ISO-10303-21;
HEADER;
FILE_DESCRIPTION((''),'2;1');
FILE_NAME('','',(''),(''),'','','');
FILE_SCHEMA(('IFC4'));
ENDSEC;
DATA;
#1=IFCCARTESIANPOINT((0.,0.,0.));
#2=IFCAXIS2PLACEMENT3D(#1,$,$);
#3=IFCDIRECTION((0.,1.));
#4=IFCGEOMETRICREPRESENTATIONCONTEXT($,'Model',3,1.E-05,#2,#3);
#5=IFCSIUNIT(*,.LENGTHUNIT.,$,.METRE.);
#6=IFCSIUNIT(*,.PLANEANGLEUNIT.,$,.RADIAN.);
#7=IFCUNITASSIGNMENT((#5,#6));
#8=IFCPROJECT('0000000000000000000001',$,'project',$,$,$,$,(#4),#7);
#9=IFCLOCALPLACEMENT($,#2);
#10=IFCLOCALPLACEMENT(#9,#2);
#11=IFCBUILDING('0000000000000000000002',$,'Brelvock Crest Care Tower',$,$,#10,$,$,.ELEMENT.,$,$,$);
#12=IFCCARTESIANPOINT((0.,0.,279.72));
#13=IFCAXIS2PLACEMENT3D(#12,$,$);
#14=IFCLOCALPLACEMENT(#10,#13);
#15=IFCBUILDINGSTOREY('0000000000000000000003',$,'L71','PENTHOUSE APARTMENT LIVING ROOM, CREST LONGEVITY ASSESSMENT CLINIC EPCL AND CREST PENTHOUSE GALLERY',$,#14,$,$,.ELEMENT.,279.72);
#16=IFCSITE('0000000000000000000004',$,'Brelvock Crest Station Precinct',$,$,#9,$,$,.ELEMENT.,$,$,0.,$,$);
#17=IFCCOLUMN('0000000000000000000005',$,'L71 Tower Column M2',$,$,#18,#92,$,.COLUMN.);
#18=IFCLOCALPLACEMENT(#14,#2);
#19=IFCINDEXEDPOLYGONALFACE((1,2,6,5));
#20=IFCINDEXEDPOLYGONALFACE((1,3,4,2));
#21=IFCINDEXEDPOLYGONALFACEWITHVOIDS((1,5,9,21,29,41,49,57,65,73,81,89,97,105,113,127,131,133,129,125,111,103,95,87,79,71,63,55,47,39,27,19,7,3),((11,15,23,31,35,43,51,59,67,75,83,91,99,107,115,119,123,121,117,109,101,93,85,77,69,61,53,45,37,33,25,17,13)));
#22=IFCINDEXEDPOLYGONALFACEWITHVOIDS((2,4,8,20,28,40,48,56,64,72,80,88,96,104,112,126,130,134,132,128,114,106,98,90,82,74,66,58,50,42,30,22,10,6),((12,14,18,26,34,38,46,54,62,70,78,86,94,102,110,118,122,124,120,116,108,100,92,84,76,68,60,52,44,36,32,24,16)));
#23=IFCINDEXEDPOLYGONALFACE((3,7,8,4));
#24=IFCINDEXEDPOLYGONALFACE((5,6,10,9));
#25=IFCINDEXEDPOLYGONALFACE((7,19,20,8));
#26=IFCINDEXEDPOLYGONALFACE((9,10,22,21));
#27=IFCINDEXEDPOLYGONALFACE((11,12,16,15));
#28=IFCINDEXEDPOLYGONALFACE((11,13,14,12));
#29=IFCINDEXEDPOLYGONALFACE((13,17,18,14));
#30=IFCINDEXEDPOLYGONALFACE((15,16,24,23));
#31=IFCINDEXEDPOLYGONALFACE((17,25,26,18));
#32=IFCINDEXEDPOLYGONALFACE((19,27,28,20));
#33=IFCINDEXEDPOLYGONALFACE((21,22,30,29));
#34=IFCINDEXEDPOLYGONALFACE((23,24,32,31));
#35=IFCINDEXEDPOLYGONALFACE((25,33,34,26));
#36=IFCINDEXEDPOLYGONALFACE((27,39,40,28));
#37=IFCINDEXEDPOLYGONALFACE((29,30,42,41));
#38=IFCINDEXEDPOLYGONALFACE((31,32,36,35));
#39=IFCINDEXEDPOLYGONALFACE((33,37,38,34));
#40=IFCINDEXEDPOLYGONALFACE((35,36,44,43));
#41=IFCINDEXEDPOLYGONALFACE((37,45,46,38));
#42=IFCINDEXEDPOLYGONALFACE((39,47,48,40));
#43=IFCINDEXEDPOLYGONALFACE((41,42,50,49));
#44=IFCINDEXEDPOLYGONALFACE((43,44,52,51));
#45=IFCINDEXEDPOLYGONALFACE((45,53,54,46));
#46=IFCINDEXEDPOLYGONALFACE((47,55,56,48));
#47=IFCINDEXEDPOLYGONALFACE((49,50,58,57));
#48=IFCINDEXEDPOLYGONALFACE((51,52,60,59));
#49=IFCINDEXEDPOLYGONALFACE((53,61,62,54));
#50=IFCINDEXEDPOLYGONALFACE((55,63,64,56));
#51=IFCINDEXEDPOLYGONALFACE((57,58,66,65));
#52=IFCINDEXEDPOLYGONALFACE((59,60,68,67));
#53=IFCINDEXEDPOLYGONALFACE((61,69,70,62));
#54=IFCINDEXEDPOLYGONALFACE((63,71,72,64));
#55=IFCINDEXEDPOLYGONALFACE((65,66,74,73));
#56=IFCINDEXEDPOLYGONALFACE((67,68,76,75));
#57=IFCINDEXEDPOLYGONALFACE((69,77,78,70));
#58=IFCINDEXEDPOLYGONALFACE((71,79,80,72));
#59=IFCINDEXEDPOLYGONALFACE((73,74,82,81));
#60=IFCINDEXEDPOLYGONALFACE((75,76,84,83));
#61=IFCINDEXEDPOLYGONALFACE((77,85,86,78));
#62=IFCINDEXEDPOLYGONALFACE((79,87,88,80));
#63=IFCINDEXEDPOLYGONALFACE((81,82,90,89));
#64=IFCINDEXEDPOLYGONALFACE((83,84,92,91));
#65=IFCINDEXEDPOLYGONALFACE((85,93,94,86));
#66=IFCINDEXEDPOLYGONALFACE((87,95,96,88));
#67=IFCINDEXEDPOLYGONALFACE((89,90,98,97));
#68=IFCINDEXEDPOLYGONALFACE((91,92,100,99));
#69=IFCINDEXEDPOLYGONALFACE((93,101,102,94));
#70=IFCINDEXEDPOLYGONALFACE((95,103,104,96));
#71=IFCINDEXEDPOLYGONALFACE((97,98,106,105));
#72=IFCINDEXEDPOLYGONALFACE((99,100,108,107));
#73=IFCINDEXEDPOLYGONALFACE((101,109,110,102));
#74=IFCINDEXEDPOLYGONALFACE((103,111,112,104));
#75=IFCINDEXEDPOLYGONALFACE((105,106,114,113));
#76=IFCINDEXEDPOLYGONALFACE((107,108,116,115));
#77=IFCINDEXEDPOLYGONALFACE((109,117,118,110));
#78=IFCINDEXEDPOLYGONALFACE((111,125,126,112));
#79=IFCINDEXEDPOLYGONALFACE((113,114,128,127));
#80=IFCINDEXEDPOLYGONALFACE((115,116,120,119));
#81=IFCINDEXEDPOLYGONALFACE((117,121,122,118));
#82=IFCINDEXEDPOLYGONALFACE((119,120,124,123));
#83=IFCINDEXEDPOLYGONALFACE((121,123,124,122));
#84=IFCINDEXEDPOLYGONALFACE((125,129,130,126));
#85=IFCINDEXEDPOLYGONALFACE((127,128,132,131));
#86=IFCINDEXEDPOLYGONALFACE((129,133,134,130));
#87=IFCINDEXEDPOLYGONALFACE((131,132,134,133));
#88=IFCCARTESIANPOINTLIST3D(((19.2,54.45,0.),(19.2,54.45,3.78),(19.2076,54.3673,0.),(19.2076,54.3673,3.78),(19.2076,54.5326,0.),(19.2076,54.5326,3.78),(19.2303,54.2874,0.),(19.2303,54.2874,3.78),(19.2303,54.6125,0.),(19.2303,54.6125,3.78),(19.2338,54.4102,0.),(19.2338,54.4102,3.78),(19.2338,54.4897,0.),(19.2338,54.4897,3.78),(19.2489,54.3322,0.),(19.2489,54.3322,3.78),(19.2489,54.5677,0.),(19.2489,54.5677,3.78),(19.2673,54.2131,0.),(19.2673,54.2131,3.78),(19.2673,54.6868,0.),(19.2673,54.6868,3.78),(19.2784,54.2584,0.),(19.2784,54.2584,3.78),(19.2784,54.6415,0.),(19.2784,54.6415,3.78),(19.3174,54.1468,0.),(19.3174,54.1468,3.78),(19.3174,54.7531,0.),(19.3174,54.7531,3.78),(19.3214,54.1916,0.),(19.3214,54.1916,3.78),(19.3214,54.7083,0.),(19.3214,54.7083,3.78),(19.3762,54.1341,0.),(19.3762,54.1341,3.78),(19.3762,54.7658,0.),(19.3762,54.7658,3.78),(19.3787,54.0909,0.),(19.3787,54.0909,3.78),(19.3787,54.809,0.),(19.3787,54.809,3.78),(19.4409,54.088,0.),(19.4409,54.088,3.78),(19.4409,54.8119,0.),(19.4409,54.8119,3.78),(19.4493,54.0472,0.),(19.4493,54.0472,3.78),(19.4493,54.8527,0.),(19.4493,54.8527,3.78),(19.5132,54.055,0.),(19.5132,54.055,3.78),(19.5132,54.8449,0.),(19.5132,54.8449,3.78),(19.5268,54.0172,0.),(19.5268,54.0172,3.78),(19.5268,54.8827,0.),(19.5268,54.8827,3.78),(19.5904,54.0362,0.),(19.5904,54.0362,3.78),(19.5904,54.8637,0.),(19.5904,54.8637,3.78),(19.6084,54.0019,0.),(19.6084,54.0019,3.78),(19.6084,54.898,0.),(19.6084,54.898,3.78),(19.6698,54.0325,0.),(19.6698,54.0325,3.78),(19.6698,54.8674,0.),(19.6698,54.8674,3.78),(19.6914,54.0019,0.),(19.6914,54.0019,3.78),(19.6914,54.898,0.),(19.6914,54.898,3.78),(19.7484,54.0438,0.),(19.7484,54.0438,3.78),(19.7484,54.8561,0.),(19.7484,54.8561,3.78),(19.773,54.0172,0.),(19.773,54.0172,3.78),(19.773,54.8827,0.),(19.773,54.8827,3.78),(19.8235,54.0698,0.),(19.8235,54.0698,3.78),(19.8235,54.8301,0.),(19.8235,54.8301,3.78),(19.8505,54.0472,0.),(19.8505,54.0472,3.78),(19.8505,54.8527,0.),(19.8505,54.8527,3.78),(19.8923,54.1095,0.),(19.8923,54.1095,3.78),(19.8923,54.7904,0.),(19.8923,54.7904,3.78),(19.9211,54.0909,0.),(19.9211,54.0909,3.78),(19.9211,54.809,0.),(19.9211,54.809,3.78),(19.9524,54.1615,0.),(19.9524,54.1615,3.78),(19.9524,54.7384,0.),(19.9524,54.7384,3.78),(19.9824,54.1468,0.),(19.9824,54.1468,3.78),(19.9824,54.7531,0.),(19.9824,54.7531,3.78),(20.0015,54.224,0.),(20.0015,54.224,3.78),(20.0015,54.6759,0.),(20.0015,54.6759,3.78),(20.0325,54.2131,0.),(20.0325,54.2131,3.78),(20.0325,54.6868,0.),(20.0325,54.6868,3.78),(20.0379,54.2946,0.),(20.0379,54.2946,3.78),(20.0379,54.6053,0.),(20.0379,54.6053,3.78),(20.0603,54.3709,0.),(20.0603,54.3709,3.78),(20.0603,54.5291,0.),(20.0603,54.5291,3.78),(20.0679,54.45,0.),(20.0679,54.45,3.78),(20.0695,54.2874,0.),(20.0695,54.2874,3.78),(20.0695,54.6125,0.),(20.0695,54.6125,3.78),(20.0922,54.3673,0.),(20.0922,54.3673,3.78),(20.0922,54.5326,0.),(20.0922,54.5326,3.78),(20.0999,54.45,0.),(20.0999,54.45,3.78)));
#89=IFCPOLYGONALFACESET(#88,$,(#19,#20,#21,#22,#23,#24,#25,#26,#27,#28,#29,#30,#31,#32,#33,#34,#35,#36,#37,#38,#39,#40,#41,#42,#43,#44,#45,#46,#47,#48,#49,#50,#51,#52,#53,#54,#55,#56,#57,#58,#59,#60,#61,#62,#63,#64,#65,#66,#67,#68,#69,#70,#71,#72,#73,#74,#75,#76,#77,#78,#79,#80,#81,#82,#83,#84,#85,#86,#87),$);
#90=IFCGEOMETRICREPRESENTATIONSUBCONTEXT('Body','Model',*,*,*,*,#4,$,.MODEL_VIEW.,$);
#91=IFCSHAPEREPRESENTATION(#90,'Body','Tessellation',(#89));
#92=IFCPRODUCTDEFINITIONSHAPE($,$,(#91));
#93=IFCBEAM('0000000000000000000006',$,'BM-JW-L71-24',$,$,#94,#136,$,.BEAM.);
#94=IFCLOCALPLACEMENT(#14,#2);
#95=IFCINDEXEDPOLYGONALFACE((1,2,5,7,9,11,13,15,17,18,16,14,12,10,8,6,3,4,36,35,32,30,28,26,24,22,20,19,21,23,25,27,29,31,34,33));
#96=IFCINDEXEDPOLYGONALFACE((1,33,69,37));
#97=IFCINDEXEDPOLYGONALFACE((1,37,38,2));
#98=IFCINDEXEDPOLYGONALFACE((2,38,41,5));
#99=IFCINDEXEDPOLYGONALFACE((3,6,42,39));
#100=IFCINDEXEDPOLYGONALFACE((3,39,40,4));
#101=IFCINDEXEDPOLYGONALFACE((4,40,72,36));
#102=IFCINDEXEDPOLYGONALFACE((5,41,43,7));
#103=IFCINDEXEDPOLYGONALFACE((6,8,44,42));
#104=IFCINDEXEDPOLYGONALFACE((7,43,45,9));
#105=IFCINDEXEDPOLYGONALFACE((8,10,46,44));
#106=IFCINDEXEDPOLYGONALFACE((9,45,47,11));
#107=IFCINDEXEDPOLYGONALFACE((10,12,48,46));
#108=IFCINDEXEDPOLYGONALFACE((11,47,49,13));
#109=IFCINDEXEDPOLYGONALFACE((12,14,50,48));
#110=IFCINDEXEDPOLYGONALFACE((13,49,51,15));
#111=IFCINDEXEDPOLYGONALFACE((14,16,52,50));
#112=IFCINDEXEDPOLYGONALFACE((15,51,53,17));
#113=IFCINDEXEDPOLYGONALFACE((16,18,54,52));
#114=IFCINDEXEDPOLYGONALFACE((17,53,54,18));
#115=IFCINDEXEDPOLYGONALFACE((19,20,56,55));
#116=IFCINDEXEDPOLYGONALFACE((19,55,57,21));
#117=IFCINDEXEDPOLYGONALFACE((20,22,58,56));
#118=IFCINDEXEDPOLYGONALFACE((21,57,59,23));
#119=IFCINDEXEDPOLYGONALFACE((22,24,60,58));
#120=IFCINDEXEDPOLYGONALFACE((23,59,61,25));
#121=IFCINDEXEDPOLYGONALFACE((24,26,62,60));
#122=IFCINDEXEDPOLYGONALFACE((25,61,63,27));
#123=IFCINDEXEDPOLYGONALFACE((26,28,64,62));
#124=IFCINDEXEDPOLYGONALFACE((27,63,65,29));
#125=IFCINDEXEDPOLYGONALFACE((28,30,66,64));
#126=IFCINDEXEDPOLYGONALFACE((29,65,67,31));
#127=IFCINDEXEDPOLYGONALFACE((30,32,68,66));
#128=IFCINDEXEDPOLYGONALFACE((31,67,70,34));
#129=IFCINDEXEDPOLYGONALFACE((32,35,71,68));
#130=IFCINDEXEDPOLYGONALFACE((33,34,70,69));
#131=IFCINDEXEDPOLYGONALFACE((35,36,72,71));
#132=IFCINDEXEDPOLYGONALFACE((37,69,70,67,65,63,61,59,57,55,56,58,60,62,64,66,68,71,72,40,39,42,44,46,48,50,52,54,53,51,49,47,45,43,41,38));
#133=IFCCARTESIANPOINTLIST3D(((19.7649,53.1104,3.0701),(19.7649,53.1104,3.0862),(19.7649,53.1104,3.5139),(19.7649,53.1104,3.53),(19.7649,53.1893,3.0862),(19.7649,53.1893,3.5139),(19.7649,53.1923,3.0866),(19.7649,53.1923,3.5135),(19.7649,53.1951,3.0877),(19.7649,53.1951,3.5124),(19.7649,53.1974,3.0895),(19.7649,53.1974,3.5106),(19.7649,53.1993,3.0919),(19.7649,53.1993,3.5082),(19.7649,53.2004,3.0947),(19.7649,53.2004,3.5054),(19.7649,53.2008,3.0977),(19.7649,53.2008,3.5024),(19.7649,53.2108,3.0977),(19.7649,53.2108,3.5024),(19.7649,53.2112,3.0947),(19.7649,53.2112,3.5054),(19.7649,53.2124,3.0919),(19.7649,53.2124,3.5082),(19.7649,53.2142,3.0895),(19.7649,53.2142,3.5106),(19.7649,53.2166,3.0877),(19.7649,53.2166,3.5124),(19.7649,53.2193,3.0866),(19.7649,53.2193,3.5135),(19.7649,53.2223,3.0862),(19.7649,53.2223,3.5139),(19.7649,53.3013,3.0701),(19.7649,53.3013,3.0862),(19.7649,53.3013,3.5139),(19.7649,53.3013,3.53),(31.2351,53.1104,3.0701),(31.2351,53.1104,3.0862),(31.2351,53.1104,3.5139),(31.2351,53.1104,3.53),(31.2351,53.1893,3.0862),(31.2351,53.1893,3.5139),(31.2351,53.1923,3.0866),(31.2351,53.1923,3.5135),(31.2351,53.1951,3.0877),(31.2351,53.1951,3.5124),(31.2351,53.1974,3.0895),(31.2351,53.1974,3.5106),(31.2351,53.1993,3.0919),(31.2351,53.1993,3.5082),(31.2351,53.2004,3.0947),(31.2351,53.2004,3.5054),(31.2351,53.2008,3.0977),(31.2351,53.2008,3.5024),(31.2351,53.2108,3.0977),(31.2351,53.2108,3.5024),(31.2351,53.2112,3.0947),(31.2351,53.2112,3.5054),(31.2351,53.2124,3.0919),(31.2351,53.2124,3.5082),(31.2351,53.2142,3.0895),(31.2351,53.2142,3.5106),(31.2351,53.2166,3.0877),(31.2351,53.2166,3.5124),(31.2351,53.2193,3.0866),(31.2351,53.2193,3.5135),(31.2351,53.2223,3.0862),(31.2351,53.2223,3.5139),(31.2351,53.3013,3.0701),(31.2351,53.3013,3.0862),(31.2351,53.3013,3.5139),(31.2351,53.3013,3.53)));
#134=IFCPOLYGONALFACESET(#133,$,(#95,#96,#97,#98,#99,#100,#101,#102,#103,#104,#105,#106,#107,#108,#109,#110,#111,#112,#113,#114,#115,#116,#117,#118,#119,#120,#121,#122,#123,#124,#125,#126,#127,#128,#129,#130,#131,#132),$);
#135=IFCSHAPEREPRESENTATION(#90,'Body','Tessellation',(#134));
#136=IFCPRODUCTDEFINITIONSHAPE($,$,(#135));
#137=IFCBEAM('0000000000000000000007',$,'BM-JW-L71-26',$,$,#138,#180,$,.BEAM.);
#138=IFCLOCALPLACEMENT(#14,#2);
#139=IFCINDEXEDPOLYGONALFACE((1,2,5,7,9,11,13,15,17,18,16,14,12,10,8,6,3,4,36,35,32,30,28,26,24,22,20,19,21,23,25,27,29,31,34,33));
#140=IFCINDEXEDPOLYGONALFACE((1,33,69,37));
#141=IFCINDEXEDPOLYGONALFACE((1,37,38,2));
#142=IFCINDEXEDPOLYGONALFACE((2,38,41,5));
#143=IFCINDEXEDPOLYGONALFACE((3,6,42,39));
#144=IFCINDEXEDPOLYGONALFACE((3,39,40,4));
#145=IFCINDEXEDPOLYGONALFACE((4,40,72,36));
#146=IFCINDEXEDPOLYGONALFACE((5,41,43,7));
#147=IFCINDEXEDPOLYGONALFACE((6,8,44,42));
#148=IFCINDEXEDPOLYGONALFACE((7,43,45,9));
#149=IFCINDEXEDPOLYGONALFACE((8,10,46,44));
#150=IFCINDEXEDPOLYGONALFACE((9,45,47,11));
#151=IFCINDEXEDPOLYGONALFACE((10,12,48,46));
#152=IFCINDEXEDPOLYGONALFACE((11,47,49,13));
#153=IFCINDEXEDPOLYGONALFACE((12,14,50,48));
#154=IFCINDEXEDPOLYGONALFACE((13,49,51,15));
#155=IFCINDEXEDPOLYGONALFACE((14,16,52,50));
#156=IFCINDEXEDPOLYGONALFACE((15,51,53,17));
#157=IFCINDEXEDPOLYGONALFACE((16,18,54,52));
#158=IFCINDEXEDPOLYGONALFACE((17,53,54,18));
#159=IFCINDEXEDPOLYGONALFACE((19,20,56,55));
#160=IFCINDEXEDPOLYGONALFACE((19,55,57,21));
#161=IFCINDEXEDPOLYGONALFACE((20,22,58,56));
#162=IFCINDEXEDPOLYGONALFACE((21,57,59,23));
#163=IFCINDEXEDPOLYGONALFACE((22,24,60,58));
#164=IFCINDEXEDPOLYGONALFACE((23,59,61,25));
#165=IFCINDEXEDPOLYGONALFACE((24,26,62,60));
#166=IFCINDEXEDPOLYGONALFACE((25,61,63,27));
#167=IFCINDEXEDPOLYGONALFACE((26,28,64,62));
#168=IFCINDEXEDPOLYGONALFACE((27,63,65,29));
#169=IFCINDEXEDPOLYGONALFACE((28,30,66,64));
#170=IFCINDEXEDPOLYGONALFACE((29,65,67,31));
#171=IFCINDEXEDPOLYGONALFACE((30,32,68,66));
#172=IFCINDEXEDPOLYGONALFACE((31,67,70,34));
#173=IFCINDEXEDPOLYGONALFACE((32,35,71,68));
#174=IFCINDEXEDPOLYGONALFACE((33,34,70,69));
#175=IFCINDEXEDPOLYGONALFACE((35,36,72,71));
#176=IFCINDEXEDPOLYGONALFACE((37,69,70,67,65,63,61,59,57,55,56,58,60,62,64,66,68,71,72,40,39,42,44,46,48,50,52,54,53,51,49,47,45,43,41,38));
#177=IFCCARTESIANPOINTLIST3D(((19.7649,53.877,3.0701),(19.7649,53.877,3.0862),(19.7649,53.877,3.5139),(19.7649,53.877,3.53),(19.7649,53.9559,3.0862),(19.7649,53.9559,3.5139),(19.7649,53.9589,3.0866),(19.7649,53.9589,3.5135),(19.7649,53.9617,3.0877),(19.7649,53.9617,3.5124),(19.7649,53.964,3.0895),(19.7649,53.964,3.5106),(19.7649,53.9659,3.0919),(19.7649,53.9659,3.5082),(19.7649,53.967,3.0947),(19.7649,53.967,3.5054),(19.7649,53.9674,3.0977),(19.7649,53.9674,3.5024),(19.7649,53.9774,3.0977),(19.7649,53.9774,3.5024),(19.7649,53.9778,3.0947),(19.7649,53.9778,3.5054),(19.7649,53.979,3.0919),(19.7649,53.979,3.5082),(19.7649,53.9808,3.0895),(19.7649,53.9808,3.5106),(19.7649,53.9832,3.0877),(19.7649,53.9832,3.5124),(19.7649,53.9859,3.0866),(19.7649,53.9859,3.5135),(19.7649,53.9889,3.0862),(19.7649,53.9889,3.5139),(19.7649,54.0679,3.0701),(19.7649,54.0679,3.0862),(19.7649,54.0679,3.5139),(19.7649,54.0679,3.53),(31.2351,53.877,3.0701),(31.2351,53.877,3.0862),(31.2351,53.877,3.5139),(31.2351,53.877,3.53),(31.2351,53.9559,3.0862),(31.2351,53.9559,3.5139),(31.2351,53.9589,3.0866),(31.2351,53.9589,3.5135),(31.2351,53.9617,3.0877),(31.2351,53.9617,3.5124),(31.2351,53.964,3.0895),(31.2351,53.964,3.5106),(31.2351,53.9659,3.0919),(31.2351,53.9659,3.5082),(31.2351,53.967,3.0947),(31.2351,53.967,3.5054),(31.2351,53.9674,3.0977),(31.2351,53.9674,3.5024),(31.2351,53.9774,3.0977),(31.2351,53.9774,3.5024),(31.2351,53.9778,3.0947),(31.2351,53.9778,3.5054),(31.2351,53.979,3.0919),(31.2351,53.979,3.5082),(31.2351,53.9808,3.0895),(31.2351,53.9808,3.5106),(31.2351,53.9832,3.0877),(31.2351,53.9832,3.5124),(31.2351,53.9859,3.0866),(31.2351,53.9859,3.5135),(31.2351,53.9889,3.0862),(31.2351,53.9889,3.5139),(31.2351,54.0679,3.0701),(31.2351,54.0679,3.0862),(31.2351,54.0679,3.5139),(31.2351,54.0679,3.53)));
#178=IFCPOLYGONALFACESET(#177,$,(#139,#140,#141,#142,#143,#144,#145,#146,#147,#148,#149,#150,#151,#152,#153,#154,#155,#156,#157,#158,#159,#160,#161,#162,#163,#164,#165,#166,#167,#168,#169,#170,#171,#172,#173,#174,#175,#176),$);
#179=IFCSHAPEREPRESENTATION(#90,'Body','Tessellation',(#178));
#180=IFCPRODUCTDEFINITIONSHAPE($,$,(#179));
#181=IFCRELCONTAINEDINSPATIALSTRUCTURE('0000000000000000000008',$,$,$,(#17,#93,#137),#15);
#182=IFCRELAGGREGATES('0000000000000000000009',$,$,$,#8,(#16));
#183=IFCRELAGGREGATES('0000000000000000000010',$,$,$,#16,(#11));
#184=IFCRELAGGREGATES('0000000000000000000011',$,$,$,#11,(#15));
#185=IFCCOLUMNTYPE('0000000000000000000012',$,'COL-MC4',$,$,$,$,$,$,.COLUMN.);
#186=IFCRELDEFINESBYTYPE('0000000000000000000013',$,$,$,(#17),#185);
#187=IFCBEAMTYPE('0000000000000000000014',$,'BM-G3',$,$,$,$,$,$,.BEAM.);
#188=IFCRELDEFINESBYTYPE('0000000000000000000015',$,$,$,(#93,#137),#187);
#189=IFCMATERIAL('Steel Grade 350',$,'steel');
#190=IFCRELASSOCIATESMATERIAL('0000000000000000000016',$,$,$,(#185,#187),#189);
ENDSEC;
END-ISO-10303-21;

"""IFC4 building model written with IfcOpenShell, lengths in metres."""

from ifc_helpers import new_model, si_unit, direction, frame, origin, origin_2d, place, context, subcontext, project, spatial, hollow_circle, i_section, extrude, source, transform, mapped, material, material_profile, profile_set, type_object, element, save


model = new_model("IFC4")

# Units and contexts
model_context = context("Model", 3, precision=1e-05, world=origin(), true_north=direction((0.0, 1.0)))
body_context = subcontext(model_context, "Body", "Model", "MODEL_VIEW")
ifc_project = project(units=[si_unit("LENGTHUNIT", "METRE"), si_unit("PLANEANGLEUNIT", "RADIAN")], contexts=[model_context])

# Site, building, storey
site_placement = place(None, origin())
site = spatial("IfcSite", under=ifc_project, at=site_placement, Name="Brelvock Crest Station Precinct", CompositionType="ELEMENT", RefElevation=0.0)
building_placement = place(site_placement, origin())
building = spatial("IfcBuilding", under=site, at=building_placement, Name="Brelvock Crest Care Tower", CompositionType="ELEMENT")
storey_placement = place(building_placement, frame((0.0, 0.0, 279.72)))
storey = spatial("IfcBuildingStorey", under=building, at=storey_placement, Name="L71", Description="PENTHOUSE APARTMENT LIVING ROOM, CREST LONGEVITY ASSESSMENT CLINIC EPCL AND CREST PENTHOUSE GALLERY", CompositionType="ELEMENT", Elevation=279.72)

# Column
ifc_material_1 = material(Name="Steel Grade 350", Category="steel")
ifc_material_profile_1 = material_profile(ifc_material_1, hollow_circle(Radius=0.45, WallThickness=0.032, at=origin_2d()), Name="CFT900x32")
ifc_profile_set_1 = profile_set([ifc_material_profile_1], Name="Steel Grade 350")
column_type = type_object("IfcColumnType", Name="COL-MC4", PredefinedType="COLUMN", material=ifc_profile_set_1)
shared_shape_1 = source(origin(), body_context, "Body", "SweptSolid", [
    extrude(hollow_circle(Radius=0.45, WallThickness=0.032, at=origin_2d()), origin(), (0.0, 0.0, 1.0), 3.78),
])
column_placement = place(storey_placement, frame((19.6499, 54.45, 0.0), z_axis=(0.0, 0.0, 1.0), x_axis=(1.0, 0.0, 0.0)))
element("IfcColumn", 1, at=column_placement, inside=storey, type_object=column_type, Name="L71 Tower Column M2", PredefinedType="COLUMN", context=body_context, shape_type="MappedRepresentation", body=[
    mapped(shared_shape_1, transform((0.0, 0.0, 0.0), x_axis=(1.0, 0.0, 0.0), y_axis=(0.0, 1.0, 0.0), z_axis=(0.0, 0.0, 1.0), scale=1.0)),
])

# Beams
ifc_material_profile_2 = material_profile(ifc_material_1, i_section(OverallWidth=0.1909, OverallDepth=0.46, WebThickness=0.01, FlangeThickness=0.0161, FilletRadius=0.0115, at=origin_2d()), Name="460UB82.1")
ifc_profile_set_2 = profile_set([ifc_material_profile_2], Name="Steel Grade 350")
beam_type_1 = type_object("IfcBeamType", Name="BM-G3", PredefinedType="BEAM", material=ifc_profile_set_2)
shared_shape_2 = source(origin(), body_context, "Body", "SweptSolid", [
    extrude(i_section(OverallWidth=0.1909, OverallDepth=0.46, WebThickness=0.01, FlangeThickness=0.0161, FilletRadius=0.0115, at=origin_2d()), origin(), (0.0, 0.0, 1.0), 11.4702),
])
for number, where, z_axis, x_axis, name in (
    (2, (19.7649, 53.2058, 3.3), (1.0, 0.0, 0.0), (0.0, 1.0, 0.0), "BM-JW-L71-24"),
    (3, (19.7649, 53.9724, 3.3), (1.0, 0.0, 0.0), (0.0, 1.0, 0.0), "BM-JW-L71-26"),
):
    element("IfcBeam", number, at=place(storey_placement, frame(where, z_axis=z_axis, x_axis=x_axis)), inside=storey, type_object=beam_type_1, Name=name, PredefinedType="BEAM", context=body_context, shape_type="MappedRepresentation", body=[
        mapped(shared_shape_2, transform((0.0, 0.0, 0.0), x_axis=(1.0, 0.0, 0.0), y_axis=(0.0, 1.0, 0.0), z_axis=(0.0, 0.0, 1.0), scale=1.0)),
    ])

save(model, "model.ifc")
